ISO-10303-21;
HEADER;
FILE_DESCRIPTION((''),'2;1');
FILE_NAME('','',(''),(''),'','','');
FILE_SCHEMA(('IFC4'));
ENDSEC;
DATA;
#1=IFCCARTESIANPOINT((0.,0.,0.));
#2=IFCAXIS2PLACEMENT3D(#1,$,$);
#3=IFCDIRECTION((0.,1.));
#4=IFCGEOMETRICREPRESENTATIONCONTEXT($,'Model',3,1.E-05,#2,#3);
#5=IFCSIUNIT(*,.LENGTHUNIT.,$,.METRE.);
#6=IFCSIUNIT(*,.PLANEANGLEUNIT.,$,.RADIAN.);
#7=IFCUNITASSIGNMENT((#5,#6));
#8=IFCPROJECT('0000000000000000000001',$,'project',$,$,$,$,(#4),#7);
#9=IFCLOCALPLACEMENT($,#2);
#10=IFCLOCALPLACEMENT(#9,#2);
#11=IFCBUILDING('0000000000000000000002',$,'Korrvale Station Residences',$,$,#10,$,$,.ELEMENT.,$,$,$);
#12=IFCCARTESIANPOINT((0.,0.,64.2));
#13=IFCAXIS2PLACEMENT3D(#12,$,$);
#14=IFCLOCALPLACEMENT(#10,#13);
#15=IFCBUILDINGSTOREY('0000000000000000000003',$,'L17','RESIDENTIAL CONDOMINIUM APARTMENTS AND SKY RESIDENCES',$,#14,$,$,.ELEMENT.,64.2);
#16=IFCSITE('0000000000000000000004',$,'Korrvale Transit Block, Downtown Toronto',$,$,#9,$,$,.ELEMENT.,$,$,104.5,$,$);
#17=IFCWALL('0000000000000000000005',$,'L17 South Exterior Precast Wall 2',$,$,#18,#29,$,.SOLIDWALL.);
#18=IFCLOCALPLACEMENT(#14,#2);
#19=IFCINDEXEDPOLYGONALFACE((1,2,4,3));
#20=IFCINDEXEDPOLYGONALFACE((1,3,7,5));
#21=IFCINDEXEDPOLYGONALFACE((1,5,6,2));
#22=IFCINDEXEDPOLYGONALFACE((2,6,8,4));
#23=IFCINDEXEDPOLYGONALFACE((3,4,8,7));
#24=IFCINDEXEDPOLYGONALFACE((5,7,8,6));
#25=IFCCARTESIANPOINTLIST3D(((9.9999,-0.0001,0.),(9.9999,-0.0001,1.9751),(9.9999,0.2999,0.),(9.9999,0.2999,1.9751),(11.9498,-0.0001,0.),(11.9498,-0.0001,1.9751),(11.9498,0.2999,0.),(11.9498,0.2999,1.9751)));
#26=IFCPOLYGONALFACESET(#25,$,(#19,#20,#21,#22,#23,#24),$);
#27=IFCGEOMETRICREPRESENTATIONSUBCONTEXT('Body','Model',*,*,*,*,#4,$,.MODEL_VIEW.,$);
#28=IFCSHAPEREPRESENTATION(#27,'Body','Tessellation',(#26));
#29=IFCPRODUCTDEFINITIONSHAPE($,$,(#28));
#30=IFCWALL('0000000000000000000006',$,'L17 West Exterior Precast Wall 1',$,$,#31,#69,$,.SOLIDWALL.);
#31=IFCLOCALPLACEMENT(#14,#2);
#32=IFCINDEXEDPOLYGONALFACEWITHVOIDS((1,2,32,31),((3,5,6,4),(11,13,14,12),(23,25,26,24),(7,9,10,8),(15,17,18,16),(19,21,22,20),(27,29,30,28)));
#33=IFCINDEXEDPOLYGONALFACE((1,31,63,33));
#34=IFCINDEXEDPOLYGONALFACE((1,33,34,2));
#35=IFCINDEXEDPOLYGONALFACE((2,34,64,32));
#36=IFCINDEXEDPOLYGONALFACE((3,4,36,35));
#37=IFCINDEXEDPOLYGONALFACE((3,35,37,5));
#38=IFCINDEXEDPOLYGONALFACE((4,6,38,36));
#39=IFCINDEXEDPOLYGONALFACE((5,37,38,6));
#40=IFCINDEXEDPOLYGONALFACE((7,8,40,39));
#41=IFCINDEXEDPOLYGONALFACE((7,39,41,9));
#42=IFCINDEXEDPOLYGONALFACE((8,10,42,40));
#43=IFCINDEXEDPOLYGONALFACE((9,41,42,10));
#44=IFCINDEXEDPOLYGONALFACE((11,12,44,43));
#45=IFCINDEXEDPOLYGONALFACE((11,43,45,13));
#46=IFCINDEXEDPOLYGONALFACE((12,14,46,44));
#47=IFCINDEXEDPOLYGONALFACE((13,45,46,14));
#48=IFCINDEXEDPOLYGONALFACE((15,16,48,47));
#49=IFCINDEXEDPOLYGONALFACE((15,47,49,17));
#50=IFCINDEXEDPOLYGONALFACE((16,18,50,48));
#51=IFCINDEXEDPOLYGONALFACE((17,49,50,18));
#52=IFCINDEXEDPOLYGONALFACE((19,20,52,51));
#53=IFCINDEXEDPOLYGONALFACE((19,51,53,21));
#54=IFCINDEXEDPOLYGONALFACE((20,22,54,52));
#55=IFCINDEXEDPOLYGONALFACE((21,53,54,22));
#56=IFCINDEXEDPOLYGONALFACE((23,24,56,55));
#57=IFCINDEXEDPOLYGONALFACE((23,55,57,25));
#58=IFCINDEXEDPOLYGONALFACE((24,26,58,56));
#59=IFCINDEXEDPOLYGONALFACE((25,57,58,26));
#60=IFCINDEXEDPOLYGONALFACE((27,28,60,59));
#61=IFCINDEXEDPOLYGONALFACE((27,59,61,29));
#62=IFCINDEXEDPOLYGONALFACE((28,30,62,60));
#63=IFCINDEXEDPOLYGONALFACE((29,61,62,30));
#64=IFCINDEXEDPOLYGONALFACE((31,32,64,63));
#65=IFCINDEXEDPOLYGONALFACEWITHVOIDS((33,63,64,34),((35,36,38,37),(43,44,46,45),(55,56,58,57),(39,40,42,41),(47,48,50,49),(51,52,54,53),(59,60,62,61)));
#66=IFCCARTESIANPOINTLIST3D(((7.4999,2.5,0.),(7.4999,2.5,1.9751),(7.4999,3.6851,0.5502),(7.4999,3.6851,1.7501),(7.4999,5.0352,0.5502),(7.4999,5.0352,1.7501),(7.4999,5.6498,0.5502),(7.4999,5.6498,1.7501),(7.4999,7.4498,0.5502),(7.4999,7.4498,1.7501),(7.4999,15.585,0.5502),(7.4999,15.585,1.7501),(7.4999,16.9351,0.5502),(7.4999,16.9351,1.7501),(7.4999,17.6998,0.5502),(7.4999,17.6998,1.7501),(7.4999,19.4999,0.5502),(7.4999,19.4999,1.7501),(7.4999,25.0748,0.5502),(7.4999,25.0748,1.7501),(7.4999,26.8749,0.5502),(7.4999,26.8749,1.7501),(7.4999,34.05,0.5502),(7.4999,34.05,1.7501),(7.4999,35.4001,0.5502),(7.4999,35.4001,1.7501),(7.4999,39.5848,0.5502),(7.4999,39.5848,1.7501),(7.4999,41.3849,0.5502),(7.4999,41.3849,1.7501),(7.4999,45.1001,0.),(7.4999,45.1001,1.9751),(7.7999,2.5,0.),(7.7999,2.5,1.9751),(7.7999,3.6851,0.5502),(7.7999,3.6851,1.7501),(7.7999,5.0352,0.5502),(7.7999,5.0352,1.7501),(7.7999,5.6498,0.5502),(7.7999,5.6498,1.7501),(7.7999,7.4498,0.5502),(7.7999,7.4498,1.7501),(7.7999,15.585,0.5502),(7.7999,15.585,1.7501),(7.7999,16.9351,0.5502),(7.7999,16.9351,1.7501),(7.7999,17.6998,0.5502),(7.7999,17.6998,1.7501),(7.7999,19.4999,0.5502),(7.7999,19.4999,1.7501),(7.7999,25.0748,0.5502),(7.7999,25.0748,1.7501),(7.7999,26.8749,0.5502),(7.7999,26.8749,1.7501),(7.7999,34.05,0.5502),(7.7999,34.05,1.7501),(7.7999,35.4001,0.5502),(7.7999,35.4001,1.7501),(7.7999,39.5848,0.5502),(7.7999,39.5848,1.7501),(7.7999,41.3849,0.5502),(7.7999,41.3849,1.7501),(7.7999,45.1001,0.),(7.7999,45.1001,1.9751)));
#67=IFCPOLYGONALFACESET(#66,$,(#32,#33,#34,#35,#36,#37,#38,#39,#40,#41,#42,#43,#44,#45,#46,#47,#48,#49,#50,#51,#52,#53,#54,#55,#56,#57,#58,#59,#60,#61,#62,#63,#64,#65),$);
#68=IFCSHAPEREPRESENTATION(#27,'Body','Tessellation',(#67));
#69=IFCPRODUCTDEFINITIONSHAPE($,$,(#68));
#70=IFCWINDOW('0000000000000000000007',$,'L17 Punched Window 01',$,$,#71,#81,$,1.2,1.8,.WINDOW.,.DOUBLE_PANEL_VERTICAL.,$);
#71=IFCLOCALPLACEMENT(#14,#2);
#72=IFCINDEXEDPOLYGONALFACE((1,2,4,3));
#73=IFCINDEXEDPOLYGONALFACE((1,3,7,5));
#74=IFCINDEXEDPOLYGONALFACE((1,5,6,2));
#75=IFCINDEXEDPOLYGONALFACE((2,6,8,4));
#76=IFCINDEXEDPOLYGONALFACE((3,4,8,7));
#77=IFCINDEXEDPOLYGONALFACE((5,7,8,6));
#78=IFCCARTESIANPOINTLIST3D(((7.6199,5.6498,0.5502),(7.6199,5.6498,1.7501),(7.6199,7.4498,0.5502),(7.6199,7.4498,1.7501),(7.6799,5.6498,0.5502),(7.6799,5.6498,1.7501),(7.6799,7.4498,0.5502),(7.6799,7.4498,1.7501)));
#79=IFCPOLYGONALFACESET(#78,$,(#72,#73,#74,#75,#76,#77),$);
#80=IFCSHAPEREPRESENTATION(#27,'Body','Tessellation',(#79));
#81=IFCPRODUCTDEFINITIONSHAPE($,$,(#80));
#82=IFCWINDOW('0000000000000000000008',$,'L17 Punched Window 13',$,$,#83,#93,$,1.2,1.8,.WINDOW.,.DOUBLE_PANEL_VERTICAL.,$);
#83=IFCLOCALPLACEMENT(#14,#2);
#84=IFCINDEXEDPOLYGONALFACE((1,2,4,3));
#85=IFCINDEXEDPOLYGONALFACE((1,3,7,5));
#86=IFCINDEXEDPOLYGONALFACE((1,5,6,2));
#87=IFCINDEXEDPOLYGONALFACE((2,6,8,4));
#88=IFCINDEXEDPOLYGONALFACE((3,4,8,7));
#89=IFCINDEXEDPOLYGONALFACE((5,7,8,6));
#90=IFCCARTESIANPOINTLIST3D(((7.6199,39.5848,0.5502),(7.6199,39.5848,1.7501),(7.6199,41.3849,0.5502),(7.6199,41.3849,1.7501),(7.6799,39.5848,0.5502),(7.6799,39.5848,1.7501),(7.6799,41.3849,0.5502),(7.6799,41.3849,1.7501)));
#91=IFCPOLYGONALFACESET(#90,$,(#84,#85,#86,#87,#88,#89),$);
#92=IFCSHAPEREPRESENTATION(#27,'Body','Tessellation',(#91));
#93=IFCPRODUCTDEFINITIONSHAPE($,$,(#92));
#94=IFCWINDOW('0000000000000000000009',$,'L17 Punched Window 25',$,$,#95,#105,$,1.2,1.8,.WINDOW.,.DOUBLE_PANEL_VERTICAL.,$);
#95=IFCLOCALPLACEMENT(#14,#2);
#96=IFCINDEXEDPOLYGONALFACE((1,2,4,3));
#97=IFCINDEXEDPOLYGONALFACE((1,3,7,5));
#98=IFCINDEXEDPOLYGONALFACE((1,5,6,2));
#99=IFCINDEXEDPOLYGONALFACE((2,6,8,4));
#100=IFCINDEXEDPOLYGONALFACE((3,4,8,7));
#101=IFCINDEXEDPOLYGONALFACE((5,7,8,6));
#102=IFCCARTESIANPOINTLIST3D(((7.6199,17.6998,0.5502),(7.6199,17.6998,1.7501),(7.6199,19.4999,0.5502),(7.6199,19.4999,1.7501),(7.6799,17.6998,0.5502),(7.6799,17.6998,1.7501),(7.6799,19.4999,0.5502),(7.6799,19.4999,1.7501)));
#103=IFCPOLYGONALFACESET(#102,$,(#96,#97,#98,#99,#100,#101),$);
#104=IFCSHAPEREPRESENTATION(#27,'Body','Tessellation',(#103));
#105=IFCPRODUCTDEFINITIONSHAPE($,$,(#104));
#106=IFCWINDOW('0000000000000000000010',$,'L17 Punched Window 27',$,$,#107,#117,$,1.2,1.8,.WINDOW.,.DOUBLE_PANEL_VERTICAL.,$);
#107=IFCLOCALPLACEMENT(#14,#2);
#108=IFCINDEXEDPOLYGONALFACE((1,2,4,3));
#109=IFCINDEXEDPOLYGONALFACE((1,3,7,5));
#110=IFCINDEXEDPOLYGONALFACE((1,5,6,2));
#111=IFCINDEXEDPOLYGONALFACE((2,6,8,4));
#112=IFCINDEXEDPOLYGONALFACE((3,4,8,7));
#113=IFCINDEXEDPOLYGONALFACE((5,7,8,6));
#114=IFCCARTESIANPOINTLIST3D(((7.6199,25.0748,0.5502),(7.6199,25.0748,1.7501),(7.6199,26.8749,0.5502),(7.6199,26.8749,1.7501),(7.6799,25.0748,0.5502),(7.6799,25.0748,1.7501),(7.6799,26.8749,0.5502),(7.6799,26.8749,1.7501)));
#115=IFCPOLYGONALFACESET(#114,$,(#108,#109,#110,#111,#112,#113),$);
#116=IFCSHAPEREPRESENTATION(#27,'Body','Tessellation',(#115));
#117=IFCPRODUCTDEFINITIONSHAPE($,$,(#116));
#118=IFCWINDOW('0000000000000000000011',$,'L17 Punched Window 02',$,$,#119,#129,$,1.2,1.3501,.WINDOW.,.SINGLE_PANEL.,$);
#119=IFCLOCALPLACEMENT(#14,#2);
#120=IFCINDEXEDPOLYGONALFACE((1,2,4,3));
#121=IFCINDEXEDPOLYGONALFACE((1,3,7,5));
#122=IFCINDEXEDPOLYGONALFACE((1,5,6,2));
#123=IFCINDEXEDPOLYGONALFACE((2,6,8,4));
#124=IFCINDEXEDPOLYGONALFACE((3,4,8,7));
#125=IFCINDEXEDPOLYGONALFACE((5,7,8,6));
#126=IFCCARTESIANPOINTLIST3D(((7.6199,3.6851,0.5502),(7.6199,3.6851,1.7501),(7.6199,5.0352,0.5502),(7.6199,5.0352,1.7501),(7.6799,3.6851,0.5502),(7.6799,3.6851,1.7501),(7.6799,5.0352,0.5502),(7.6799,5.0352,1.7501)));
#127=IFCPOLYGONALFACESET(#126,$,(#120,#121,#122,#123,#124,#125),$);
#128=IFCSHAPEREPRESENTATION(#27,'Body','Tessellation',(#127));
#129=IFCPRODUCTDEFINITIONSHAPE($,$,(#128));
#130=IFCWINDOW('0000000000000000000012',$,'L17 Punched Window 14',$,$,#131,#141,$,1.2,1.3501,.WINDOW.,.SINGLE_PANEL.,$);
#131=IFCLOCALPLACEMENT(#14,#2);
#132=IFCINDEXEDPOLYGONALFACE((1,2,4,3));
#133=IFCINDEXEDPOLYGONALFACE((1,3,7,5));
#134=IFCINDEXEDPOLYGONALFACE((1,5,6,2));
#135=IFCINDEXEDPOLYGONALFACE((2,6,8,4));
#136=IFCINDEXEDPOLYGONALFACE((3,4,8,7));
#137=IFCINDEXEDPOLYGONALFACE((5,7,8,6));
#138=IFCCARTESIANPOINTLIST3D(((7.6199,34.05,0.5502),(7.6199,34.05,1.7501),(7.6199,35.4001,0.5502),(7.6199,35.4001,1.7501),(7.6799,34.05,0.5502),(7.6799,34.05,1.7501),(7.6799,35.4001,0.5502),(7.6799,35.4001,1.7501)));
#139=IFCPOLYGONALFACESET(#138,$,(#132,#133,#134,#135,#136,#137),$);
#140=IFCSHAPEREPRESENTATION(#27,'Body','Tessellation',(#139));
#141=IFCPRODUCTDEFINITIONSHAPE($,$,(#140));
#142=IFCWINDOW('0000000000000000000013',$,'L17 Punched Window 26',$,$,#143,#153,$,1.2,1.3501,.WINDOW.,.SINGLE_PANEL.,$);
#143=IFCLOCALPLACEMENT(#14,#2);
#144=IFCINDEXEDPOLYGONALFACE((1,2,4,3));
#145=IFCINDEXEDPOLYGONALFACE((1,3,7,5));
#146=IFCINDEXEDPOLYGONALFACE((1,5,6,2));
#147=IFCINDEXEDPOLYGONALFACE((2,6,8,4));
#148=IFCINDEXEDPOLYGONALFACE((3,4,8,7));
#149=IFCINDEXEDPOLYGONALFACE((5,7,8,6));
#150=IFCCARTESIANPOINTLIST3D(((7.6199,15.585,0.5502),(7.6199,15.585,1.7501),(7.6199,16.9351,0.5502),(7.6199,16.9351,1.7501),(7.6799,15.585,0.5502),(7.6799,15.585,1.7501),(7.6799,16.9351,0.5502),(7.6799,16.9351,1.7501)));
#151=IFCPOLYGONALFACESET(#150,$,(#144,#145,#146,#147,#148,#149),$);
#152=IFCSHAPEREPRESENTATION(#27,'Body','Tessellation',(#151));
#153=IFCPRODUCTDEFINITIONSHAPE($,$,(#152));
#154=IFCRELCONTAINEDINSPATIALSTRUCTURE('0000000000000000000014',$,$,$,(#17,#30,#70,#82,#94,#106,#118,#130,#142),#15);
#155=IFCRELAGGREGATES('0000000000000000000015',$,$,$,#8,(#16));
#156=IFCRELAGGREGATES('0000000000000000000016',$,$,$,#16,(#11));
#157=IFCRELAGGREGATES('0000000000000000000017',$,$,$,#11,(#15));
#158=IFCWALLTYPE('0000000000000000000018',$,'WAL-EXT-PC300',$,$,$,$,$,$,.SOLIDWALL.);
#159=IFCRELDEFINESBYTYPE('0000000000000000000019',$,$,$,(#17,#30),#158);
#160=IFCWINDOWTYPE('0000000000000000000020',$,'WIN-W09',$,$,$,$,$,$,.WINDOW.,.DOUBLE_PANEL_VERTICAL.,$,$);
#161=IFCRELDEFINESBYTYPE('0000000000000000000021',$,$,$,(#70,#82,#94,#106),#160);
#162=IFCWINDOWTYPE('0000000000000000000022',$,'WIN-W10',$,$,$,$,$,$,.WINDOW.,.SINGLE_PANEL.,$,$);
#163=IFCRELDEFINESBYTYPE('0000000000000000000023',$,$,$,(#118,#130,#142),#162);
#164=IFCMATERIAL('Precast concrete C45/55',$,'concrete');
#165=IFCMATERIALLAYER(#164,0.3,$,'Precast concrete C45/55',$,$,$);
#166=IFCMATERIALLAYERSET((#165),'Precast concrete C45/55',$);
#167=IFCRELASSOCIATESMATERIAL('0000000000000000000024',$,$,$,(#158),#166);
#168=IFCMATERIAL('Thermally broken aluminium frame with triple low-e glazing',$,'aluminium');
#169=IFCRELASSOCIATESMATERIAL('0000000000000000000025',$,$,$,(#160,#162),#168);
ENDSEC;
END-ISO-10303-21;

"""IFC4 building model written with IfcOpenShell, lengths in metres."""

from ifc_helpers import new_model, si_unit, direction, frame, frame_2d, origin, place, context, subcontext, project, spatial, rectangle, extrude, material, layer, layer_set, type_object, element, fill, save


model = new_model("IFC4")

# Units and contexts
model_context = context("Model", 3, precision=1e-05, world=origin(), true_north=direction((0.0, 1.0)))
body_context = subcontext(model_context, "Body", "Model", "MODEL_VIEW")
ifc_project = project(units=[si_unit("LENGTHUNIT", "METRE"), si_unit("PLANEANGLEUNIT", "RADIAN")], contexts=[model_context])

# Site, building, storey
site_placement = place(None, origin())
site = spatial("IfcSite", under=ifc_project, at=site_placement, Name="Korrvale Transit Block, Downtown Toronto", CompositionType="ELEMENT", RefElevation=104.5)
building_placement = place(site_placement, origin())
building = spatial("IfcBuilding", under=site, at=building_placement, Name="Korrvale Station Residences", CompositionType="ELEMENT")
storey_placement = place(building_placement, frame((0.0, 0.0, 64.2)))
storey = spatial("IfcBuildingStorey", under=building, at=storey_placement, Name="L17", Description="RESIDENTIAL CONDOMINIUM APARTMENTS AND SKY RESIDENCES", CompositionType="ELEMENT", Elevation=64.2)

# Wall
ifc_material_1 = material(Name="Precast concrete C45/55", Category="concrete")
ifc_layer_1 = layer(ifc_material_1, 0.3, Name="Precast concrete C45/55")
ifc_layer_set_1 = layer_set([ifc_layer_1], Name="Precast concrete C45/55")
wall_type_1 = type_object("IfcWallType", Name="WAL-EXT-PC300", PredefinedType="SOLIDWALL", material=ifc_layer_set_1)
wall_1_placement = place(storey_placement, frame((11.95, 0.1499, 0.0), z_axis=(0.0, 0.0, 1.0), x_axis=(-1.0, 0.0, 0.0)))
element("IfcWall", 1, at=wall_1_placement, inside=storey, type_object=wall_type_1, Name="L17 South Exterior Precast Wall 2", PredefinedType="SOLIDWALL", context=body_context, shape_type="SweptSolid", body=[
    extrude(rectangle(XDim=1.95, YDim=0.3, at=frame_2d((0.9751, 0.0))), origin(), (0.0, 0.0, 1.0), 1.9751),
])

# Wall, openings, windows
wall_2_placement = place(storey_placement, frame((7.6499, 2.5, 0.0), z_axis=(0.0, 0.0, 1.0), x_axis=(0.0, 1.0, 0.0)))
wall_2 = element("IfcWall", 2, at=wall_2_placement, inside=storey, type_object=wall_type_1, Name="L17 West Exterior Precast Wall 1", PredefinedType="SOLIDWALL", context=body_context, shape_type="SweptSolid", body=[
    extrude(rectangle(XDim=42.6001, YDim=0.3, at=frame_2d((21.3, 0.0))), origin(), (0.0, 0.0, 1.0), 1.9751),
])
opening_1_placement = place(wall_2_placement, frame((3.1499, 0.0, 0.55)))
opening_1 = element("IfcOpeningElement", 3, at=opening_1_placement, cuts=wall_2, PredefinedType="OPENING", context=body_context, shape_type="SweptSolid", body=[
    extrude(rectangle(XDim=1.8, YDim=1.2, at=frame_2d((0.8999, 0.6001))), frame((0.0, 0.1602, 0.0), z_axis=(0.0, -1.0, 0.0), x_axis=(1.0, 0.0, 0.0)), (0.0, 0.0, 1.0), 0.3201),
])
opening_2_placement = place(wall_2_placement, frame((1.1851, 0.0, 0.55)))
opening_2 = element("IfcOpeningElement", 4, at=opening_2_placement, cuts=wall_2, PredefinedType="OPENING", context=body_context, shape_type="SweptSolid", body=[
    extrude(rectangle(XDim=1.3501, YDim=1.2, at=frame_2d((0.675, 0.6001))), frame((0.0, 0.1602, 0.0), z_axis=(0.0, -1.0, 0.0), x_axis=(1.0, 0.0, 0.0)), (0.0, 0.0, 1.0), 0.3201),
])
opening_3_placement = place(wall_2_placement, frame((37.085, 0.0, 0.55)))
opening_3 = element("IfcOpeningElement", 5, at=opening_3_placement, cuts=wall_2, PredefinedType="OPENING", context=body_context, shape_type="SweptSolid", body=[
    extrude(rectangle(XDim=1.8, YDim=1.2, at=frame_2d((0.8999, 0.6001))), frame((0.0, 0.1602, 0.0), z_axis=(0.0, -1.0, 0.0), x_axis=(1.0, 0.0, 0.0)), (0.0, 0.0, 1.0), 0.3201),
])
opening_4_placement = place(wall_2_placement, frame((31.55, 0.0, 0.55)))
opening_4 = element("IfcOpeningElement", 6, at=opening_4_placement, cuts=wall_2, PredefinedType="OPENING", context=body_context, shape_type="SweptSolid", body=[
    extrude(rectangle(XDim=1.3501, YDim=1.2, at=frame_2d((0.675, 0.6001))), frame((0.0, 0.1602, 0.0), z_axis=(0.0, -1.0, 0.0), x_axis=(1.0, 0.0, 0.0)), (0.0, 0.0, 1.0), 0.3201),
])
opening_5_placement = place(wall_2_placement, frame((15.2, 0.0, 0.55)))
opening_5 = element("IfcOpeningElement", 7, at=opening_5_placement, cuts=wall_2, PredefinedType="OPENING", context=body_context, shape_type="SweptSolid", body=[
    extrude(rectangle(XDim=1.8, YDim=1.2, at=frame_2d((0.8999, 0.6001))), frame((0.0, 0.1602, 0.0), z_axis=(0.0, -1.0, 0.0), x_axis=(1.0, 0.0, 0.0)), (0.0, 0.0, 1.0), 0.3201),
])
opening_6_placement = place(wall_2_placement, frame((13.085, 0.0, 0.55)))
opening_6 = element("IfcOpeningElement", 8, at=opening_6_placement, cuts=wall_2, PredefinedType="OPENING", context=body_context, shape_type="SweptSolid", body=[
    extrude(rectangle(XDim=1.3501, YDim=1.2, at=frame_2d((0.675, 0.6001))), frame((0.0, 0.1602, 0.0), z_axis=(0.0, -1.0, 0.0), x_axis=(1.0, 0.0, 0.0)), (0.0, 0.0, 1.0), 0.3201),
])
opening_7_placement = place(wall_2_placement, frame((22.575, 0.0, 0.55)))
opening_7 = element("IfcOpeningElement", 9, at=opening_7_placement, cuts=wall_2, PredefinedType="OPENING", context=body_context, shape_type="SweptSolid", body=[
    extrude(rectangle(XDim=1.8, YDim=1.2, at=frame_2d((0.8999, 0.6001))), frame((0.0, 0.1602, 0.0), z_axis=(0.0, -1.0, 0.0), x_axis=(1.0, 0.0, 0.0)), (0.0, 0.0, 1.0), 0.3201),
])
ifc_material_2 = material(Name="Thermally broken aluminium frame with triple low-e glazing", Category="aluminium")
window_type_1 = type_object("IfcWindowType", Name="WIN-W09", PartitioningType="DOUBLE_PANEL_VERTICAL", PredefinedType="WINDOW", material=ifc_material_2)
window_1_placement = place(opening_1_placement, origin())
window_1 = element("IfcWindow", 10, at=window_1_placement, inside=storey, type_object=window_type_1, Name="L17 Punched Window 01", OverallHeight=1.2, OverallWidth=1.8, PartitioningType="DOUBLE_PANEL_VERTICAL", PredefinedType="WINDOW", context=body_context, shape_type="SweptSolid", body=[
    extrude(rectangle(XDim=1.8, YDim=1.2, at=frame_2d((0.8999, 0.6001))), frame((0.0, 0.03, 0.0), z_axis=(0.0, -1.0, 0.0), x_axis=(1.0, 0.0, 0.0)), (0.0, 0.0, 1.0), 0.0601),
])
fill(opening_1, window_1)
window_2_placement = place(opening_3_placement, origin())
window_2 = element("IfcWindow", 11, at=window_2_placement, inside=storey, type_object=window_type_1, Name="L17 Punched Window 13", OverallHeight=1.2, OverallWidth=1.8, PartitioningType="DOUBLE_PANEL_VERTICAL", PredefinedType="WINDOW", context=body_context, shape_type="SweptSolid", body=[
    extrude(rectangle(XDim=1.8, YDim=1.2, at=frame_2d((0.8999, 0.6001))), frame((0.0, 0.03, 0.0), z_axis=(0.0, -1.0, 0.0), x_axis=(1.0, 0.0, 0.0)), (0.0, 0.0, 1.0), 0.0601),
])
fill(opening_3, window_2)
window_3_placement = place(opening_5_placement, origin())
window_3 = element("IfcWindow", 12, at=window_3_placement, inside=storey, type_object=window_type_1, Name="L17 Punched Window 25", OverallHeight=1.2, OverallWidth=1.8, PartitioningType="DOUBLE_PANEL_VERTICAL", PredefinedType="WINDOW", context=body_context, shape_type="SweptSolid", body=[
    extrude(rectangle(XDim=1.8, YDim=1.2, at=frame_2d((0.8999, 0.6001))), frame((0.0, 0.03, 0.0), z_axis=(0.0, -1.0, 0.0), x_axis=(1.0, 0.0, 0.0)), (0.0, 0.0, 1.0), 0.0601),
])
fill(opening_5, window_3)
window_4_placement = place(opening_7_placement, origin())
window_4 = element("IfcWindow", 13, at=window_4_placement, inside=storey, type_object=window_type_1, Name="L17 Punched Window 27", OverallHeight=1.2, OverallWidth=1.8, PartitioningType="DOUBLE_PANEL_VERTICAL", PredefinedType="WINDOW", context=body_context, shape_type="SweptSolid", body=[
    extrude(rectangle(XDim=1.8, YDim=1.2, at=frame_2d((0.8999, 0.6001))), frame((0.0, 0.03, 0.0), z_axis=(0.0, -1.0, 0.0), x_axis=(1.0, 0.0, 0.0)), (0.0, 0.0, 1.0), 0.0601),
])
fill(opening_7, window_4)
window_type_2 = type_object("IfcWindowType", Name="WIN-W10", PartitioningType="SINGLE_PANEL", PredefinedType="WINDOW", material=ifc_material_2)
window_5_placement = place(opening_2_placement, origin())
window_5 = element("IfcWindow", 14, at=window_5_placement, inside=storey, type_object=window_type_2, Name="L17 Punched Window 02", OverallHeight=1.2, OverallWidth=1.3501, PartitioningType="SINGLE_PANEL", PredefinedType="WINDOW", context=body_context, shape_type="SweptSolid", body=[
    extrude(rectangle(XDim=1.3501, YDim=1.2, at=frame_2d((0.675, 0.6001))), frame((0.0, 0.03, 0.0), z_axis=(0.0, -1.0, 0.0), x_axis=(1.0, 0.0, 0.0)), (0.0, 0.0, 1.0), 0.0601),
])
fill(opening_2, window_5)
window_6_placement = place(opening_4_placement, origin())
window_6 = element("IfcWindow", 15, at=window_6_placement, inside=storey, type_object=window_type_2, Name="L17 Punched Window 14", OverallHeight=1.2, OverallWidth=1.3501, PartitioningType="SINGLE_PANEL", PredefinedType="WINDOW", context=body_context, shape_type="SweptSolid", body=[
    extrude(rectangle(XDim=1.3501, YDim=1.2, at=frame_2d((0.675, 0.6001))), frame((0.0, 0.03, 0.0), z_axis=(0.0, -1.0, 0.0), x_axis=(1.0, 0.0, 0.0)), (0.0, 0.0, 1.0), 0.0601),
])
fill(opening_4, window_6)
window_7_placement = place(opening_6_placement, origin())
window_7 = element("IfcWindow", 16, at=window_7_placement, inside=storey, type_object=window_type_2, Name="L17 Punched Window 26", OverallHeight=1.2, OverallWidth=1.3501, PartitioningType="SINGLE_PANEL", PredefinedType="WINDOW", context=body_context, shape_type="SweptSolid", body=[
    extrude(rectangle(XDim=1.3501, YDim=1.2, at=frame_2d((0.675, 0.6001))), frame((0.0, 0.03, 0.0), z_axis=(0.0, -1.0, 0.0), x_axis=(1.0, 0.0, 0.0)), (0.0, 0.0, 1.0), 0.0601),
])
fill(opening_6, window_7)

save(model, "model.ifc")
